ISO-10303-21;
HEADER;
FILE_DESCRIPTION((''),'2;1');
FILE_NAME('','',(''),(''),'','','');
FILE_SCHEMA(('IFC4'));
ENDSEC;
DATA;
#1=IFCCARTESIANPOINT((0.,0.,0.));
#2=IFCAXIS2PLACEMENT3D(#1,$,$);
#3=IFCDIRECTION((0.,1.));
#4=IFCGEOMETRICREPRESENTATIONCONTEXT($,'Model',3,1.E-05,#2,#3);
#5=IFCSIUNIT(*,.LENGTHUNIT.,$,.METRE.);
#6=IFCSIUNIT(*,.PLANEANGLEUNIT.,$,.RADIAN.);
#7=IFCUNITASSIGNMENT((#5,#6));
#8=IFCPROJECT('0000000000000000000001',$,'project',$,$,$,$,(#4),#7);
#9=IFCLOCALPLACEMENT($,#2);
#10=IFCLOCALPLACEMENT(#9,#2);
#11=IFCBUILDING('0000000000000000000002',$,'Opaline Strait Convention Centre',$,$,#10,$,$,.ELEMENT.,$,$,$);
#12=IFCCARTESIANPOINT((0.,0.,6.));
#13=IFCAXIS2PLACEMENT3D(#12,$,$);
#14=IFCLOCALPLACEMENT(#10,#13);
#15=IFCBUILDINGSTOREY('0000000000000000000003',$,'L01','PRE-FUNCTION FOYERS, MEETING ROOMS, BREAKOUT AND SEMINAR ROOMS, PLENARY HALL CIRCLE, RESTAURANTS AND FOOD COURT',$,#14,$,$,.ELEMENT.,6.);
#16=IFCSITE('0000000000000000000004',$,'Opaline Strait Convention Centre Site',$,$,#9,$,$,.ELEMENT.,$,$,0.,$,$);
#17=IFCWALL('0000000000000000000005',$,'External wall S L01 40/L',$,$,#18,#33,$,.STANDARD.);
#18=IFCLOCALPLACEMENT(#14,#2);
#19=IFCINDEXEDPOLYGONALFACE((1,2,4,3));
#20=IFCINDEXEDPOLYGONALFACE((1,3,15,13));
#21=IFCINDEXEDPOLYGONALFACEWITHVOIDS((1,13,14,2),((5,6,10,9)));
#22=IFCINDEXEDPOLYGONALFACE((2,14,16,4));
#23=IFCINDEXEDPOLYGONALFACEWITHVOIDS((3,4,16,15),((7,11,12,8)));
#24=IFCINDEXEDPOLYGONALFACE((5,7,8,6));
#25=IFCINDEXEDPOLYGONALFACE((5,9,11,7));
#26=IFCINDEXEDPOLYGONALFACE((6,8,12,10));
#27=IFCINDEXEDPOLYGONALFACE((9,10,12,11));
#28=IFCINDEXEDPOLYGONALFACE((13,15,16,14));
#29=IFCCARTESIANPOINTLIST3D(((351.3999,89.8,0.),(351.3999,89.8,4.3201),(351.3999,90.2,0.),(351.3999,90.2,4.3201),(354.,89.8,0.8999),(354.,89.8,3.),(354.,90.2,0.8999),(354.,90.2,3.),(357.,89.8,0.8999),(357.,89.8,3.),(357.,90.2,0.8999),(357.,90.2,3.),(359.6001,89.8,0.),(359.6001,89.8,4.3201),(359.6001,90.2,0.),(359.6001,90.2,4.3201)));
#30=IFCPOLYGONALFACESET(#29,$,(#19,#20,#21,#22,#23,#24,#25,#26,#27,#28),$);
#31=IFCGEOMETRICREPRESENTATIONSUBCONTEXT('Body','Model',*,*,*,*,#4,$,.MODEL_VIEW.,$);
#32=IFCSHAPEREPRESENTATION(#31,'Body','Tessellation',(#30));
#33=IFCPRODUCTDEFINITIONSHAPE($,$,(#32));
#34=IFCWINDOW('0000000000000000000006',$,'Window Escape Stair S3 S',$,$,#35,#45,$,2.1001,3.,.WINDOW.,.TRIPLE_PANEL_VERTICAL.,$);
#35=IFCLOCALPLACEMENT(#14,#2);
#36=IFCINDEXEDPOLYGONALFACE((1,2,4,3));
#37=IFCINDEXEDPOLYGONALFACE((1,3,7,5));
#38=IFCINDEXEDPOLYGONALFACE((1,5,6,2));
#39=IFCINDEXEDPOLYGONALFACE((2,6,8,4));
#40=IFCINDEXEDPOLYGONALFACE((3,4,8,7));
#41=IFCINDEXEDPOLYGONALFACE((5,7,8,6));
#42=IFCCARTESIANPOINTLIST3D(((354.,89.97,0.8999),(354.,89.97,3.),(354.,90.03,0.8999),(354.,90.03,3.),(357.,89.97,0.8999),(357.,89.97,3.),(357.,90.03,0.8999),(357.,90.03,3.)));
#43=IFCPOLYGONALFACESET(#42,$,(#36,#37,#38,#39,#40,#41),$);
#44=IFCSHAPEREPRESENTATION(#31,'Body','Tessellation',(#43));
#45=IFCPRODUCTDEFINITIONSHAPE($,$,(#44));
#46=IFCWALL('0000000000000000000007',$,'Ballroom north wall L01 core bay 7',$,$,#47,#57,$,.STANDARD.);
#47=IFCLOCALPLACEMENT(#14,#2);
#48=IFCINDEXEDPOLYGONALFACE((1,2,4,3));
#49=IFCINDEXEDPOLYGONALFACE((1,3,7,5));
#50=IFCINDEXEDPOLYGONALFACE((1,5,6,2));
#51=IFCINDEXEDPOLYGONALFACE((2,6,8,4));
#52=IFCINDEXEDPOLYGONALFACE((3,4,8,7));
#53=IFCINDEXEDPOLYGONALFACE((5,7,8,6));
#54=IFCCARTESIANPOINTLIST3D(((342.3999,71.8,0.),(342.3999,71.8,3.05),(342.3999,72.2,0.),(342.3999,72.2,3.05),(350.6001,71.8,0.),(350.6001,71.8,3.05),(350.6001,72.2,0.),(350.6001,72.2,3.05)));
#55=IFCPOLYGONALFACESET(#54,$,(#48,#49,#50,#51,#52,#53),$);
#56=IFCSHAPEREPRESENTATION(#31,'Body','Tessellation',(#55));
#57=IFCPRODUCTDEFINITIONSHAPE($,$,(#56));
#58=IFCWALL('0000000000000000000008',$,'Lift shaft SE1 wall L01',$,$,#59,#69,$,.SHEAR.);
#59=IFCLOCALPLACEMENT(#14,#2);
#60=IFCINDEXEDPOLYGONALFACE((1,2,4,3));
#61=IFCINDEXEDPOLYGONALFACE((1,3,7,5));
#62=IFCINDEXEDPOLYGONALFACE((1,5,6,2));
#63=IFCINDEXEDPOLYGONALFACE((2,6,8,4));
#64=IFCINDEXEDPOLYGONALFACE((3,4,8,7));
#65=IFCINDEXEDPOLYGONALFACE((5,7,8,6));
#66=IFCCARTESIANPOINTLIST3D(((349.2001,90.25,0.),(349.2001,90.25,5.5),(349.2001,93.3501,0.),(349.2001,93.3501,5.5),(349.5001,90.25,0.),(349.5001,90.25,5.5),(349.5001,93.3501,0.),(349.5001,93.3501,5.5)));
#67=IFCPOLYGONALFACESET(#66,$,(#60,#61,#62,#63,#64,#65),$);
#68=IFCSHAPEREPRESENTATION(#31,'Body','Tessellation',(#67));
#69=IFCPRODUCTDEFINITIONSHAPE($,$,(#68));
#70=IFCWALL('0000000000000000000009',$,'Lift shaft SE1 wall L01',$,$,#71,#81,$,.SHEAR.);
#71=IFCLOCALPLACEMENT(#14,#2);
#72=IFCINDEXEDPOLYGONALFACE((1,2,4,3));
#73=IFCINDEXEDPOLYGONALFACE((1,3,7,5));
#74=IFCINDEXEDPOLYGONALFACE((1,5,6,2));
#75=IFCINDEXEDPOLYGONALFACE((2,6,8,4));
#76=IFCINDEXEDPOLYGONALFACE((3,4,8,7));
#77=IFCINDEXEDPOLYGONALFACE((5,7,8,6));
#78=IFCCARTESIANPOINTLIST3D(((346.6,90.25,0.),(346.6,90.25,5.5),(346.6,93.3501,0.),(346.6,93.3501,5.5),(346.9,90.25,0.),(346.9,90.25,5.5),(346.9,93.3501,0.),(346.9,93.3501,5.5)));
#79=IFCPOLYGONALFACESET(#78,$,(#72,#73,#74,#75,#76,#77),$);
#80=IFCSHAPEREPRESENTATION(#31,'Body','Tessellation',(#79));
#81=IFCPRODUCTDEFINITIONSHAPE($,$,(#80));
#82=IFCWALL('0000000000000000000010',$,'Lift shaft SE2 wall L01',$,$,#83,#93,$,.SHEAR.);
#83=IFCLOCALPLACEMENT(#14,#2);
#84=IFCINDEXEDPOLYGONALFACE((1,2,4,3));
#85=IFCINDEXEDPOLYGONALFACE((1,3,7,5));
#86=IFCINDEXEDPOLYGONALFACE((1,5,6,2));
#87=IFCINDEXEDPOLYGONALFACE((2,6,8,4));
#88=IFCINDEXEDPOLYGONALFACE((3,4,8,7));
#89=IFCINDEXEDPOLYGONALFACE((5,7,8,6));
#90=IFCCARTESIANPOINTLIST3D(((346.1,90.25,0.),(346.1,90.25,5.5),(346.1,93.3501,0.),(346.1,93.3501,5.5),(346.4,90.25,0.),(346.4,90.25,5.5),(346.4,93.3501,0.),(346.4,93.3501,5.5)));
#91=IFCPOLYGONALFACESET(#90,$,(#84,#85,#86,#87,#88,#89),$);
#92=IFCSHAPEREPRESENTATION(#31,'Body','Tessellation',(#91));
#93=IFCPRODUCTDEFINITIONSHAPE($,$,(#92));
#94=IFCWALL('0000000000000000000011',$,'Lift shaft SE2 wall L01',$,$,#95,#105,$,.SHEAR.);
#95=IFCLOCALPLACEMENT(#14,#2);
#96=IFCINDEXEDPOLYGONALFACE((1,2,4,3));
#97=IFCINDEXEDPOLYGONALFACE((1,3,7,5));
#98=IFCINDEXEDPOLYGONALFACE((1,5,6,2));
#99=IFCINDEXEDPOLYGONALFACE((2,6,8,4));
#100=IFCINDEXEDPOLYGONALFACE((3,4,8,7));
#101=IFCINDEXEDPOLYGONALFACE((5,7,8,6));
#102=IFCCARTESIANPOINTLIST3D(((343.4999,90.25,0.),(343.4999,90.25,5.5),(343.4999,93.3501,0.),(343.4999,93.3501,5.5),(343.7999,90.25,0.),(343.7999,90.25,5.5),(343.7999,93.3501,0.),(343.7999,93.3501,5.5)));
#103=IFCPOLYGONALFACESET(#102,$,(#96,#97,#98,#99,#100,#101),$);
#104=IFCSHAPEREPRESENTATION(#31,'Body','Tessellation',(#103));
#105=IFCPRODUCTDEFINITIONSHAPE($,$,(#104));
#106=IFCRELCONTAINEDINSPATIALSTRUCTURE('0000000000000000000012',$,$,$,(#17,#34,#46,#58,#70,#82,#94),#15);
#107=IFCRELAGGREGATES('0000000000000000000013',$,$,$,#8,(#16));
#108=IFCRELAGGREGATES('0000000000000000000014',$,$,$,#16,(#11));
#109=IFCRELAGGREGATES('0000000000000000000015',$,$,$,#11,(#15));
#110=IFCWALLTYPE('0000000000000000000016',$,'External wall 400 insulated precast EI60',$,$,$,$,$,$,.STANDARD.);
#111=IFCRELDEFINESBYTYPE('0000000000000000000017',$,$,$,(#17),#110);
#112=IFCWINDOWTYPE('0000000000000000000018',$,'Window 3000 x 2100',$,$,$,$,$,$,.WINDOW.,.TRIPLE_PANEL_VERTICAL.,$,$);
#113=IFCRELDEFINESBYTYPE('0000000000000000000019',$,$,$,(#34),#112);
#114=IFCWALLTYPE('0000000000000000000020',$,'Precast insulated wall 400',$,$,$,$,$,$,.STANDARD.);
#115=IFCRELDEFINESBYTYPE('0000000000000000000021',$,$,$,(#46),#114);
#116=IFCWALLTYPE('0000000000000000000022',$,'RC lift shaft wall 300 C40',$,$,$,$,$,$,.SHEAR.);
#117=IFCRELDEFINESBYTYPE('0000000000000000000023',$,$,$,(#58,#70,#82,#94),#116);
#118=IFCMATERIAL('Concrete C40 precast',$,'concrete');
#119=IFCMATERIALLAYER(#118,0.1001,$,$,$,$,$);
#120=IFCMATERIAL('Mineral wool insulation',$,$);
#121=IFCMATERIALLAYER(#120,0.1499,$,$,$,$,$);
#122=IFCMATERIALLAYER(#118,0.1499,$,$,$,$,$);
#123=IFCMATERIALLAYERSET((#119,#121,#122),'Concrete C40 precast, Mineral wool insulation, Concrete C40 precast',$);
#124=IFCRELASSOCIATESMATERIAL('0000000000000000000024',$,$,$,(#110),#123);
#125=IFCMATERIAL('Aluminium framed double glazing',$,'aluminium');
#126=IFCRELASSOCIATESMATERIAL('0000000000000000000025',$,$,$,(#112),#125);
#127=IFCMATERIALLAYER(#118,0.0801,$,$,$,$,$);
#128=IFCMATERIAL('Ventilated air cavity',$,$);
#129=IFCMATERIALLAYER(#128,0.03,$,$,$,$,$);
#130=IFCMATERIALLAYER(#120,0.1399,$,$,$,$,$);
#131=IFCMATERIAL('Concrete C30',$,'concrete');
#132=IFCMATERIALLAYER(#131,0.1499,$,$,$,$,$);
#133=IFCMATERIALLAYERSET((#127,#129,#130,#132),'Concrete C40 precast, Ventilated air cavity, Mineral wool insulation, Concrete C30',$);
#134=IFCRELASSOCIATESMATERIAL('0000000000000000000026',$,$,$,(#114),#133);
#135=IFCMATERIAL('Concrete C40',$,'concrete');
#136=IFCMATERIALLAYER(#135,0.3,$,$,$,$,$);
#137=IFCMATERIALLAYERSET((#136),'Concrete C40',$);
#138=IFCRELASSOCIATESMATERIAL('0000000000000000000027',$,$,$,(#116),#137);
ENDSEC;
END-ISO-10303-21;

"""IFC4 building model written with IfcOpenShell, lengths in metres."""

from ifc_helpers import new_model, si_unit, direction, frame, frame_2d, origin, place, context, subcontext, project, spatial, rectangle, extrude, material, layer, layer_set, type_object, element, fill, save


model = new_model("IFC4")

# Units and contexts
model_context = context("Model", 3, precision=1e-05, world=origin(), true_north=direction((0.0, 1.0)))
body_context = subcontext(model_context, "Body", "Model", "MODEL_VIEW")
ifc_project = project(units=[si_unit("LENGTHUNIT", "METRE"), si_unit("PLANEANGLEUNIT", "RADIAN")], contexts=[model_context])

# Site, building, storey
site_placement = place(None, origin())
site = spatial("IfcSite", under=ifc_project, at=site_placement, Name="Opaline Strait Convention Centre Site", CompositionType="ELEMENT", RefElevation=0.0)
building_placement = place(site_placement, origin())
building = spatial("IfcBuilding", under=site, at=building_placement, Name="Opaline Strait Convention Centre", CompositionType="ELEMENT")
storey_placement = place(building_placement, frame((0.0, 0.0, 6.0)))
storey = spatial("IfcBuildingStorey", under=building, at=storey_placement, Name="L01", Description="PRE-FUNCTION FOYERS, MEETING ROOMS, BREAKOUT AND SEMINAR ROOMS, PLENARY HALL CIRCLE, RESTAURANTS AND FOOD COURT", CompositionType="ELEMENT", Elevation=6.0)

# Shared definitions
ifc_material_1 = material(Name="Concrete C40", Category="concrete")

# Shared definitions
ifc_material_2 = material(Name="Concrete C40 precast", Category="concrete")
ifc_layer_1 = layer(ifc_material_2, 0.1001)
ifc_material_3 = material(Name="Mineral wool insulation")
ifc_layer_2 = layer(ifc_material_3, 0.1499)
ifc_layer_3 = layer(ifc_material_2, 0.1499)
ifc_layer_set_1 = layer_set([ifc_layer_1, ifc_layer_2, ifc_layer_3], Name="Concrete C40 precast, Mineral wool insulation, Concrete C40 precast")
wall_type_1 = type_object("IfcWallType", Name="External wall 400 insulated precast EI60", PredefinedType="STANDARD", material=ifc_layer_set_1)

# Wall, opening, window
wall_1_placement = place(storey_placement, frame((351.3999, 90.0, 0.0), z_axis=(0.0, 0.0, 1.0), x_axis=(1.0, 0.0, 0.0)))
wall_1 = element("IfcWall", 1, at=wall_1_placement, inside=storey, type_object=wall_type_1, Name="External wall S L01 40/L", PredefinedType="STANDARD", context=body_context, shape_type="SweptSolid", body=[
    extrude(rectangle(XDim=8.2002, YDim=0.3999, at=frame_2d((4.1001, 0.0))), origin(), (0.0, 0.0, 1.0), 4.3201),
])
opening_1_placement = place(wall_1_placement, frame((2.6001, 0.0, 0.8999)))
opening_1 = element("IfcOpeningElement", 2, at=opening_1_placement, cuts=wall_1, PredefinedType="OPENING", context=body_context, shape_type="SweptSolid", body=[
    extrude(rectangle(XDim=3.0, YDim=2.1001, at=frame_2d((1.5, 1.05))), frame((0.0, 0.21, 0.0), z_axis=(0.0, -1.0, 0.0), x_axis=(1.0, 0.0, 0.0)), (0.0, 0.0, 1.0), 0.4199),
])
ifc_material_4 = material(Name="Aluminium framed double glazing", Category="aluminium")
window_type = type_object("IfcWindowType", Name="Window 3000 x 2100", PartitioningType="TRIPLE_PANEL_VERTICAL", PredefinedType="WINDOW", material=ifc_material_4)
window_placement = place(opening_1_placement, origin())
window = element("IfcWindow", 3, at=window_placement, inside=storey, type_object=window_type, Name="Window Escape Stair S3 S", OverallHeight=2.1001, OverallWidth=3.0, PartitioningType="TRIPLE_PANEL_VERTICAL", PredefinedType="WINDOW", context=body_context, shape_type="SweptSolid", body=[
    extrude(rectangle(XDim=3.0, YDim=2.1001, at=frame_2d((1.5, 1.05))), frame((0.0, 0.03, 0.0), z_axis=(0.0, -1.0, 0.0), x_axis=(1.0, 0.0, 0.0)), (0.0, 0.0, 1.0), 0.0601),
])
fill(opening_1, window)

# Wall
ifc_layer_4 = layer(ifc_material_2, 0.0801)
ifc_material_5 = material(Name="Ventilated air cavity")
ifc_layer_5 = layer(ifc_material_5, 0.03)
ifc_layer_6 = layer(ifc_material_3, 0.1399)
ifc_material_6 = material(Name="Concrete C30", Category="concrete")
ifc_layer_7 = layer(ifc_material_6, 0.1499)
ifc_layer_set_2 = layer_set([ifc_layer_4, ifc_layer_5, ifc_layer_6, ifc_layer_7], Name="Concrete C40 precast, Ventilated air cavity, Mineral wool insulation, Concrete C30")
wall_type_2 = type_object("IfcWallType", Name="Precast insulated wall 400", PredefinedType="STANDARD", material=ifc_layer_set_2)
wall_2_placement = place(storey_placement, frame((342.3999, 72.0, 0.0), z_axis=(0.0, 0.0, 1.0), x_axis=(1.0, 0.0, 0.0)))
element("IfcWall", 4, at=wall_2_placement, inside=storey, type_object=wall_type_2, Name="Ballroom north wall L01 core bay 7", PredefinedType="STANDARD", context=body_context, shape_type="SweptSolid", body=[
    extrude(rectangle(XDim=8.2002, YDim=0.3999, at=frame_2d((4.1001, 0.0))), origin(), (0.0, 0.0, 1.0), 3.05),
])

# Walls
ifc_layer_8 = layer(ifc_material_1, 0.3)
ifc_layer_set_3 = layer_set([ifc_layer_8], Name="Concrete C40")
wall_type_3 = type_object("IfcWallType", Name="RC lift shaft wall 300 C40", PredefinedType="SHEAR", material=ifc_layer_set_3)
for number, where, z_axis, x_axis, name in (
    (5, (349.3501, 90.25, 0.0), (0.0, 0.0, 1.0), (0.0, 1.0, 0.0), "Lift shaft SE1 wall L01"),
    (6, (346.75, 90.25, 0.0), (0.0, 0.0, 1.0), (0.0, 1.0, 0.0), "Lift shaft SE1 wall L01"),
    (7, (346.25, 90.25, 0.0), (0.0, 0.0, 1.0), (0.0, 1.0, 0.0), "Lift shaft SE2 wall L01"),
    (8, (343.6499, 90.25, 0.0), (0.0, 0.0, 1.0), (0.0, 1.0, 0.0), "Lift shaft SE2 wall L01"),
):
    element("IfcWall", number, at=place(storey_placement, frame(where, z_axis=z_axis, x_axis=x_axis)), inside=storey, type_object=wall_type_3, Name=name, PredefinedType="SHEAR", context=body_context, shape_type="SweptSolid", body=[
        extrude(rectangle(XDim=3.1001, YDim=0.3, at=frame_2d((1.55, 0.0))), origin(), (0.0, 0.0, 1.0), 5.5),
    ])

save(model, "model.ifc")
